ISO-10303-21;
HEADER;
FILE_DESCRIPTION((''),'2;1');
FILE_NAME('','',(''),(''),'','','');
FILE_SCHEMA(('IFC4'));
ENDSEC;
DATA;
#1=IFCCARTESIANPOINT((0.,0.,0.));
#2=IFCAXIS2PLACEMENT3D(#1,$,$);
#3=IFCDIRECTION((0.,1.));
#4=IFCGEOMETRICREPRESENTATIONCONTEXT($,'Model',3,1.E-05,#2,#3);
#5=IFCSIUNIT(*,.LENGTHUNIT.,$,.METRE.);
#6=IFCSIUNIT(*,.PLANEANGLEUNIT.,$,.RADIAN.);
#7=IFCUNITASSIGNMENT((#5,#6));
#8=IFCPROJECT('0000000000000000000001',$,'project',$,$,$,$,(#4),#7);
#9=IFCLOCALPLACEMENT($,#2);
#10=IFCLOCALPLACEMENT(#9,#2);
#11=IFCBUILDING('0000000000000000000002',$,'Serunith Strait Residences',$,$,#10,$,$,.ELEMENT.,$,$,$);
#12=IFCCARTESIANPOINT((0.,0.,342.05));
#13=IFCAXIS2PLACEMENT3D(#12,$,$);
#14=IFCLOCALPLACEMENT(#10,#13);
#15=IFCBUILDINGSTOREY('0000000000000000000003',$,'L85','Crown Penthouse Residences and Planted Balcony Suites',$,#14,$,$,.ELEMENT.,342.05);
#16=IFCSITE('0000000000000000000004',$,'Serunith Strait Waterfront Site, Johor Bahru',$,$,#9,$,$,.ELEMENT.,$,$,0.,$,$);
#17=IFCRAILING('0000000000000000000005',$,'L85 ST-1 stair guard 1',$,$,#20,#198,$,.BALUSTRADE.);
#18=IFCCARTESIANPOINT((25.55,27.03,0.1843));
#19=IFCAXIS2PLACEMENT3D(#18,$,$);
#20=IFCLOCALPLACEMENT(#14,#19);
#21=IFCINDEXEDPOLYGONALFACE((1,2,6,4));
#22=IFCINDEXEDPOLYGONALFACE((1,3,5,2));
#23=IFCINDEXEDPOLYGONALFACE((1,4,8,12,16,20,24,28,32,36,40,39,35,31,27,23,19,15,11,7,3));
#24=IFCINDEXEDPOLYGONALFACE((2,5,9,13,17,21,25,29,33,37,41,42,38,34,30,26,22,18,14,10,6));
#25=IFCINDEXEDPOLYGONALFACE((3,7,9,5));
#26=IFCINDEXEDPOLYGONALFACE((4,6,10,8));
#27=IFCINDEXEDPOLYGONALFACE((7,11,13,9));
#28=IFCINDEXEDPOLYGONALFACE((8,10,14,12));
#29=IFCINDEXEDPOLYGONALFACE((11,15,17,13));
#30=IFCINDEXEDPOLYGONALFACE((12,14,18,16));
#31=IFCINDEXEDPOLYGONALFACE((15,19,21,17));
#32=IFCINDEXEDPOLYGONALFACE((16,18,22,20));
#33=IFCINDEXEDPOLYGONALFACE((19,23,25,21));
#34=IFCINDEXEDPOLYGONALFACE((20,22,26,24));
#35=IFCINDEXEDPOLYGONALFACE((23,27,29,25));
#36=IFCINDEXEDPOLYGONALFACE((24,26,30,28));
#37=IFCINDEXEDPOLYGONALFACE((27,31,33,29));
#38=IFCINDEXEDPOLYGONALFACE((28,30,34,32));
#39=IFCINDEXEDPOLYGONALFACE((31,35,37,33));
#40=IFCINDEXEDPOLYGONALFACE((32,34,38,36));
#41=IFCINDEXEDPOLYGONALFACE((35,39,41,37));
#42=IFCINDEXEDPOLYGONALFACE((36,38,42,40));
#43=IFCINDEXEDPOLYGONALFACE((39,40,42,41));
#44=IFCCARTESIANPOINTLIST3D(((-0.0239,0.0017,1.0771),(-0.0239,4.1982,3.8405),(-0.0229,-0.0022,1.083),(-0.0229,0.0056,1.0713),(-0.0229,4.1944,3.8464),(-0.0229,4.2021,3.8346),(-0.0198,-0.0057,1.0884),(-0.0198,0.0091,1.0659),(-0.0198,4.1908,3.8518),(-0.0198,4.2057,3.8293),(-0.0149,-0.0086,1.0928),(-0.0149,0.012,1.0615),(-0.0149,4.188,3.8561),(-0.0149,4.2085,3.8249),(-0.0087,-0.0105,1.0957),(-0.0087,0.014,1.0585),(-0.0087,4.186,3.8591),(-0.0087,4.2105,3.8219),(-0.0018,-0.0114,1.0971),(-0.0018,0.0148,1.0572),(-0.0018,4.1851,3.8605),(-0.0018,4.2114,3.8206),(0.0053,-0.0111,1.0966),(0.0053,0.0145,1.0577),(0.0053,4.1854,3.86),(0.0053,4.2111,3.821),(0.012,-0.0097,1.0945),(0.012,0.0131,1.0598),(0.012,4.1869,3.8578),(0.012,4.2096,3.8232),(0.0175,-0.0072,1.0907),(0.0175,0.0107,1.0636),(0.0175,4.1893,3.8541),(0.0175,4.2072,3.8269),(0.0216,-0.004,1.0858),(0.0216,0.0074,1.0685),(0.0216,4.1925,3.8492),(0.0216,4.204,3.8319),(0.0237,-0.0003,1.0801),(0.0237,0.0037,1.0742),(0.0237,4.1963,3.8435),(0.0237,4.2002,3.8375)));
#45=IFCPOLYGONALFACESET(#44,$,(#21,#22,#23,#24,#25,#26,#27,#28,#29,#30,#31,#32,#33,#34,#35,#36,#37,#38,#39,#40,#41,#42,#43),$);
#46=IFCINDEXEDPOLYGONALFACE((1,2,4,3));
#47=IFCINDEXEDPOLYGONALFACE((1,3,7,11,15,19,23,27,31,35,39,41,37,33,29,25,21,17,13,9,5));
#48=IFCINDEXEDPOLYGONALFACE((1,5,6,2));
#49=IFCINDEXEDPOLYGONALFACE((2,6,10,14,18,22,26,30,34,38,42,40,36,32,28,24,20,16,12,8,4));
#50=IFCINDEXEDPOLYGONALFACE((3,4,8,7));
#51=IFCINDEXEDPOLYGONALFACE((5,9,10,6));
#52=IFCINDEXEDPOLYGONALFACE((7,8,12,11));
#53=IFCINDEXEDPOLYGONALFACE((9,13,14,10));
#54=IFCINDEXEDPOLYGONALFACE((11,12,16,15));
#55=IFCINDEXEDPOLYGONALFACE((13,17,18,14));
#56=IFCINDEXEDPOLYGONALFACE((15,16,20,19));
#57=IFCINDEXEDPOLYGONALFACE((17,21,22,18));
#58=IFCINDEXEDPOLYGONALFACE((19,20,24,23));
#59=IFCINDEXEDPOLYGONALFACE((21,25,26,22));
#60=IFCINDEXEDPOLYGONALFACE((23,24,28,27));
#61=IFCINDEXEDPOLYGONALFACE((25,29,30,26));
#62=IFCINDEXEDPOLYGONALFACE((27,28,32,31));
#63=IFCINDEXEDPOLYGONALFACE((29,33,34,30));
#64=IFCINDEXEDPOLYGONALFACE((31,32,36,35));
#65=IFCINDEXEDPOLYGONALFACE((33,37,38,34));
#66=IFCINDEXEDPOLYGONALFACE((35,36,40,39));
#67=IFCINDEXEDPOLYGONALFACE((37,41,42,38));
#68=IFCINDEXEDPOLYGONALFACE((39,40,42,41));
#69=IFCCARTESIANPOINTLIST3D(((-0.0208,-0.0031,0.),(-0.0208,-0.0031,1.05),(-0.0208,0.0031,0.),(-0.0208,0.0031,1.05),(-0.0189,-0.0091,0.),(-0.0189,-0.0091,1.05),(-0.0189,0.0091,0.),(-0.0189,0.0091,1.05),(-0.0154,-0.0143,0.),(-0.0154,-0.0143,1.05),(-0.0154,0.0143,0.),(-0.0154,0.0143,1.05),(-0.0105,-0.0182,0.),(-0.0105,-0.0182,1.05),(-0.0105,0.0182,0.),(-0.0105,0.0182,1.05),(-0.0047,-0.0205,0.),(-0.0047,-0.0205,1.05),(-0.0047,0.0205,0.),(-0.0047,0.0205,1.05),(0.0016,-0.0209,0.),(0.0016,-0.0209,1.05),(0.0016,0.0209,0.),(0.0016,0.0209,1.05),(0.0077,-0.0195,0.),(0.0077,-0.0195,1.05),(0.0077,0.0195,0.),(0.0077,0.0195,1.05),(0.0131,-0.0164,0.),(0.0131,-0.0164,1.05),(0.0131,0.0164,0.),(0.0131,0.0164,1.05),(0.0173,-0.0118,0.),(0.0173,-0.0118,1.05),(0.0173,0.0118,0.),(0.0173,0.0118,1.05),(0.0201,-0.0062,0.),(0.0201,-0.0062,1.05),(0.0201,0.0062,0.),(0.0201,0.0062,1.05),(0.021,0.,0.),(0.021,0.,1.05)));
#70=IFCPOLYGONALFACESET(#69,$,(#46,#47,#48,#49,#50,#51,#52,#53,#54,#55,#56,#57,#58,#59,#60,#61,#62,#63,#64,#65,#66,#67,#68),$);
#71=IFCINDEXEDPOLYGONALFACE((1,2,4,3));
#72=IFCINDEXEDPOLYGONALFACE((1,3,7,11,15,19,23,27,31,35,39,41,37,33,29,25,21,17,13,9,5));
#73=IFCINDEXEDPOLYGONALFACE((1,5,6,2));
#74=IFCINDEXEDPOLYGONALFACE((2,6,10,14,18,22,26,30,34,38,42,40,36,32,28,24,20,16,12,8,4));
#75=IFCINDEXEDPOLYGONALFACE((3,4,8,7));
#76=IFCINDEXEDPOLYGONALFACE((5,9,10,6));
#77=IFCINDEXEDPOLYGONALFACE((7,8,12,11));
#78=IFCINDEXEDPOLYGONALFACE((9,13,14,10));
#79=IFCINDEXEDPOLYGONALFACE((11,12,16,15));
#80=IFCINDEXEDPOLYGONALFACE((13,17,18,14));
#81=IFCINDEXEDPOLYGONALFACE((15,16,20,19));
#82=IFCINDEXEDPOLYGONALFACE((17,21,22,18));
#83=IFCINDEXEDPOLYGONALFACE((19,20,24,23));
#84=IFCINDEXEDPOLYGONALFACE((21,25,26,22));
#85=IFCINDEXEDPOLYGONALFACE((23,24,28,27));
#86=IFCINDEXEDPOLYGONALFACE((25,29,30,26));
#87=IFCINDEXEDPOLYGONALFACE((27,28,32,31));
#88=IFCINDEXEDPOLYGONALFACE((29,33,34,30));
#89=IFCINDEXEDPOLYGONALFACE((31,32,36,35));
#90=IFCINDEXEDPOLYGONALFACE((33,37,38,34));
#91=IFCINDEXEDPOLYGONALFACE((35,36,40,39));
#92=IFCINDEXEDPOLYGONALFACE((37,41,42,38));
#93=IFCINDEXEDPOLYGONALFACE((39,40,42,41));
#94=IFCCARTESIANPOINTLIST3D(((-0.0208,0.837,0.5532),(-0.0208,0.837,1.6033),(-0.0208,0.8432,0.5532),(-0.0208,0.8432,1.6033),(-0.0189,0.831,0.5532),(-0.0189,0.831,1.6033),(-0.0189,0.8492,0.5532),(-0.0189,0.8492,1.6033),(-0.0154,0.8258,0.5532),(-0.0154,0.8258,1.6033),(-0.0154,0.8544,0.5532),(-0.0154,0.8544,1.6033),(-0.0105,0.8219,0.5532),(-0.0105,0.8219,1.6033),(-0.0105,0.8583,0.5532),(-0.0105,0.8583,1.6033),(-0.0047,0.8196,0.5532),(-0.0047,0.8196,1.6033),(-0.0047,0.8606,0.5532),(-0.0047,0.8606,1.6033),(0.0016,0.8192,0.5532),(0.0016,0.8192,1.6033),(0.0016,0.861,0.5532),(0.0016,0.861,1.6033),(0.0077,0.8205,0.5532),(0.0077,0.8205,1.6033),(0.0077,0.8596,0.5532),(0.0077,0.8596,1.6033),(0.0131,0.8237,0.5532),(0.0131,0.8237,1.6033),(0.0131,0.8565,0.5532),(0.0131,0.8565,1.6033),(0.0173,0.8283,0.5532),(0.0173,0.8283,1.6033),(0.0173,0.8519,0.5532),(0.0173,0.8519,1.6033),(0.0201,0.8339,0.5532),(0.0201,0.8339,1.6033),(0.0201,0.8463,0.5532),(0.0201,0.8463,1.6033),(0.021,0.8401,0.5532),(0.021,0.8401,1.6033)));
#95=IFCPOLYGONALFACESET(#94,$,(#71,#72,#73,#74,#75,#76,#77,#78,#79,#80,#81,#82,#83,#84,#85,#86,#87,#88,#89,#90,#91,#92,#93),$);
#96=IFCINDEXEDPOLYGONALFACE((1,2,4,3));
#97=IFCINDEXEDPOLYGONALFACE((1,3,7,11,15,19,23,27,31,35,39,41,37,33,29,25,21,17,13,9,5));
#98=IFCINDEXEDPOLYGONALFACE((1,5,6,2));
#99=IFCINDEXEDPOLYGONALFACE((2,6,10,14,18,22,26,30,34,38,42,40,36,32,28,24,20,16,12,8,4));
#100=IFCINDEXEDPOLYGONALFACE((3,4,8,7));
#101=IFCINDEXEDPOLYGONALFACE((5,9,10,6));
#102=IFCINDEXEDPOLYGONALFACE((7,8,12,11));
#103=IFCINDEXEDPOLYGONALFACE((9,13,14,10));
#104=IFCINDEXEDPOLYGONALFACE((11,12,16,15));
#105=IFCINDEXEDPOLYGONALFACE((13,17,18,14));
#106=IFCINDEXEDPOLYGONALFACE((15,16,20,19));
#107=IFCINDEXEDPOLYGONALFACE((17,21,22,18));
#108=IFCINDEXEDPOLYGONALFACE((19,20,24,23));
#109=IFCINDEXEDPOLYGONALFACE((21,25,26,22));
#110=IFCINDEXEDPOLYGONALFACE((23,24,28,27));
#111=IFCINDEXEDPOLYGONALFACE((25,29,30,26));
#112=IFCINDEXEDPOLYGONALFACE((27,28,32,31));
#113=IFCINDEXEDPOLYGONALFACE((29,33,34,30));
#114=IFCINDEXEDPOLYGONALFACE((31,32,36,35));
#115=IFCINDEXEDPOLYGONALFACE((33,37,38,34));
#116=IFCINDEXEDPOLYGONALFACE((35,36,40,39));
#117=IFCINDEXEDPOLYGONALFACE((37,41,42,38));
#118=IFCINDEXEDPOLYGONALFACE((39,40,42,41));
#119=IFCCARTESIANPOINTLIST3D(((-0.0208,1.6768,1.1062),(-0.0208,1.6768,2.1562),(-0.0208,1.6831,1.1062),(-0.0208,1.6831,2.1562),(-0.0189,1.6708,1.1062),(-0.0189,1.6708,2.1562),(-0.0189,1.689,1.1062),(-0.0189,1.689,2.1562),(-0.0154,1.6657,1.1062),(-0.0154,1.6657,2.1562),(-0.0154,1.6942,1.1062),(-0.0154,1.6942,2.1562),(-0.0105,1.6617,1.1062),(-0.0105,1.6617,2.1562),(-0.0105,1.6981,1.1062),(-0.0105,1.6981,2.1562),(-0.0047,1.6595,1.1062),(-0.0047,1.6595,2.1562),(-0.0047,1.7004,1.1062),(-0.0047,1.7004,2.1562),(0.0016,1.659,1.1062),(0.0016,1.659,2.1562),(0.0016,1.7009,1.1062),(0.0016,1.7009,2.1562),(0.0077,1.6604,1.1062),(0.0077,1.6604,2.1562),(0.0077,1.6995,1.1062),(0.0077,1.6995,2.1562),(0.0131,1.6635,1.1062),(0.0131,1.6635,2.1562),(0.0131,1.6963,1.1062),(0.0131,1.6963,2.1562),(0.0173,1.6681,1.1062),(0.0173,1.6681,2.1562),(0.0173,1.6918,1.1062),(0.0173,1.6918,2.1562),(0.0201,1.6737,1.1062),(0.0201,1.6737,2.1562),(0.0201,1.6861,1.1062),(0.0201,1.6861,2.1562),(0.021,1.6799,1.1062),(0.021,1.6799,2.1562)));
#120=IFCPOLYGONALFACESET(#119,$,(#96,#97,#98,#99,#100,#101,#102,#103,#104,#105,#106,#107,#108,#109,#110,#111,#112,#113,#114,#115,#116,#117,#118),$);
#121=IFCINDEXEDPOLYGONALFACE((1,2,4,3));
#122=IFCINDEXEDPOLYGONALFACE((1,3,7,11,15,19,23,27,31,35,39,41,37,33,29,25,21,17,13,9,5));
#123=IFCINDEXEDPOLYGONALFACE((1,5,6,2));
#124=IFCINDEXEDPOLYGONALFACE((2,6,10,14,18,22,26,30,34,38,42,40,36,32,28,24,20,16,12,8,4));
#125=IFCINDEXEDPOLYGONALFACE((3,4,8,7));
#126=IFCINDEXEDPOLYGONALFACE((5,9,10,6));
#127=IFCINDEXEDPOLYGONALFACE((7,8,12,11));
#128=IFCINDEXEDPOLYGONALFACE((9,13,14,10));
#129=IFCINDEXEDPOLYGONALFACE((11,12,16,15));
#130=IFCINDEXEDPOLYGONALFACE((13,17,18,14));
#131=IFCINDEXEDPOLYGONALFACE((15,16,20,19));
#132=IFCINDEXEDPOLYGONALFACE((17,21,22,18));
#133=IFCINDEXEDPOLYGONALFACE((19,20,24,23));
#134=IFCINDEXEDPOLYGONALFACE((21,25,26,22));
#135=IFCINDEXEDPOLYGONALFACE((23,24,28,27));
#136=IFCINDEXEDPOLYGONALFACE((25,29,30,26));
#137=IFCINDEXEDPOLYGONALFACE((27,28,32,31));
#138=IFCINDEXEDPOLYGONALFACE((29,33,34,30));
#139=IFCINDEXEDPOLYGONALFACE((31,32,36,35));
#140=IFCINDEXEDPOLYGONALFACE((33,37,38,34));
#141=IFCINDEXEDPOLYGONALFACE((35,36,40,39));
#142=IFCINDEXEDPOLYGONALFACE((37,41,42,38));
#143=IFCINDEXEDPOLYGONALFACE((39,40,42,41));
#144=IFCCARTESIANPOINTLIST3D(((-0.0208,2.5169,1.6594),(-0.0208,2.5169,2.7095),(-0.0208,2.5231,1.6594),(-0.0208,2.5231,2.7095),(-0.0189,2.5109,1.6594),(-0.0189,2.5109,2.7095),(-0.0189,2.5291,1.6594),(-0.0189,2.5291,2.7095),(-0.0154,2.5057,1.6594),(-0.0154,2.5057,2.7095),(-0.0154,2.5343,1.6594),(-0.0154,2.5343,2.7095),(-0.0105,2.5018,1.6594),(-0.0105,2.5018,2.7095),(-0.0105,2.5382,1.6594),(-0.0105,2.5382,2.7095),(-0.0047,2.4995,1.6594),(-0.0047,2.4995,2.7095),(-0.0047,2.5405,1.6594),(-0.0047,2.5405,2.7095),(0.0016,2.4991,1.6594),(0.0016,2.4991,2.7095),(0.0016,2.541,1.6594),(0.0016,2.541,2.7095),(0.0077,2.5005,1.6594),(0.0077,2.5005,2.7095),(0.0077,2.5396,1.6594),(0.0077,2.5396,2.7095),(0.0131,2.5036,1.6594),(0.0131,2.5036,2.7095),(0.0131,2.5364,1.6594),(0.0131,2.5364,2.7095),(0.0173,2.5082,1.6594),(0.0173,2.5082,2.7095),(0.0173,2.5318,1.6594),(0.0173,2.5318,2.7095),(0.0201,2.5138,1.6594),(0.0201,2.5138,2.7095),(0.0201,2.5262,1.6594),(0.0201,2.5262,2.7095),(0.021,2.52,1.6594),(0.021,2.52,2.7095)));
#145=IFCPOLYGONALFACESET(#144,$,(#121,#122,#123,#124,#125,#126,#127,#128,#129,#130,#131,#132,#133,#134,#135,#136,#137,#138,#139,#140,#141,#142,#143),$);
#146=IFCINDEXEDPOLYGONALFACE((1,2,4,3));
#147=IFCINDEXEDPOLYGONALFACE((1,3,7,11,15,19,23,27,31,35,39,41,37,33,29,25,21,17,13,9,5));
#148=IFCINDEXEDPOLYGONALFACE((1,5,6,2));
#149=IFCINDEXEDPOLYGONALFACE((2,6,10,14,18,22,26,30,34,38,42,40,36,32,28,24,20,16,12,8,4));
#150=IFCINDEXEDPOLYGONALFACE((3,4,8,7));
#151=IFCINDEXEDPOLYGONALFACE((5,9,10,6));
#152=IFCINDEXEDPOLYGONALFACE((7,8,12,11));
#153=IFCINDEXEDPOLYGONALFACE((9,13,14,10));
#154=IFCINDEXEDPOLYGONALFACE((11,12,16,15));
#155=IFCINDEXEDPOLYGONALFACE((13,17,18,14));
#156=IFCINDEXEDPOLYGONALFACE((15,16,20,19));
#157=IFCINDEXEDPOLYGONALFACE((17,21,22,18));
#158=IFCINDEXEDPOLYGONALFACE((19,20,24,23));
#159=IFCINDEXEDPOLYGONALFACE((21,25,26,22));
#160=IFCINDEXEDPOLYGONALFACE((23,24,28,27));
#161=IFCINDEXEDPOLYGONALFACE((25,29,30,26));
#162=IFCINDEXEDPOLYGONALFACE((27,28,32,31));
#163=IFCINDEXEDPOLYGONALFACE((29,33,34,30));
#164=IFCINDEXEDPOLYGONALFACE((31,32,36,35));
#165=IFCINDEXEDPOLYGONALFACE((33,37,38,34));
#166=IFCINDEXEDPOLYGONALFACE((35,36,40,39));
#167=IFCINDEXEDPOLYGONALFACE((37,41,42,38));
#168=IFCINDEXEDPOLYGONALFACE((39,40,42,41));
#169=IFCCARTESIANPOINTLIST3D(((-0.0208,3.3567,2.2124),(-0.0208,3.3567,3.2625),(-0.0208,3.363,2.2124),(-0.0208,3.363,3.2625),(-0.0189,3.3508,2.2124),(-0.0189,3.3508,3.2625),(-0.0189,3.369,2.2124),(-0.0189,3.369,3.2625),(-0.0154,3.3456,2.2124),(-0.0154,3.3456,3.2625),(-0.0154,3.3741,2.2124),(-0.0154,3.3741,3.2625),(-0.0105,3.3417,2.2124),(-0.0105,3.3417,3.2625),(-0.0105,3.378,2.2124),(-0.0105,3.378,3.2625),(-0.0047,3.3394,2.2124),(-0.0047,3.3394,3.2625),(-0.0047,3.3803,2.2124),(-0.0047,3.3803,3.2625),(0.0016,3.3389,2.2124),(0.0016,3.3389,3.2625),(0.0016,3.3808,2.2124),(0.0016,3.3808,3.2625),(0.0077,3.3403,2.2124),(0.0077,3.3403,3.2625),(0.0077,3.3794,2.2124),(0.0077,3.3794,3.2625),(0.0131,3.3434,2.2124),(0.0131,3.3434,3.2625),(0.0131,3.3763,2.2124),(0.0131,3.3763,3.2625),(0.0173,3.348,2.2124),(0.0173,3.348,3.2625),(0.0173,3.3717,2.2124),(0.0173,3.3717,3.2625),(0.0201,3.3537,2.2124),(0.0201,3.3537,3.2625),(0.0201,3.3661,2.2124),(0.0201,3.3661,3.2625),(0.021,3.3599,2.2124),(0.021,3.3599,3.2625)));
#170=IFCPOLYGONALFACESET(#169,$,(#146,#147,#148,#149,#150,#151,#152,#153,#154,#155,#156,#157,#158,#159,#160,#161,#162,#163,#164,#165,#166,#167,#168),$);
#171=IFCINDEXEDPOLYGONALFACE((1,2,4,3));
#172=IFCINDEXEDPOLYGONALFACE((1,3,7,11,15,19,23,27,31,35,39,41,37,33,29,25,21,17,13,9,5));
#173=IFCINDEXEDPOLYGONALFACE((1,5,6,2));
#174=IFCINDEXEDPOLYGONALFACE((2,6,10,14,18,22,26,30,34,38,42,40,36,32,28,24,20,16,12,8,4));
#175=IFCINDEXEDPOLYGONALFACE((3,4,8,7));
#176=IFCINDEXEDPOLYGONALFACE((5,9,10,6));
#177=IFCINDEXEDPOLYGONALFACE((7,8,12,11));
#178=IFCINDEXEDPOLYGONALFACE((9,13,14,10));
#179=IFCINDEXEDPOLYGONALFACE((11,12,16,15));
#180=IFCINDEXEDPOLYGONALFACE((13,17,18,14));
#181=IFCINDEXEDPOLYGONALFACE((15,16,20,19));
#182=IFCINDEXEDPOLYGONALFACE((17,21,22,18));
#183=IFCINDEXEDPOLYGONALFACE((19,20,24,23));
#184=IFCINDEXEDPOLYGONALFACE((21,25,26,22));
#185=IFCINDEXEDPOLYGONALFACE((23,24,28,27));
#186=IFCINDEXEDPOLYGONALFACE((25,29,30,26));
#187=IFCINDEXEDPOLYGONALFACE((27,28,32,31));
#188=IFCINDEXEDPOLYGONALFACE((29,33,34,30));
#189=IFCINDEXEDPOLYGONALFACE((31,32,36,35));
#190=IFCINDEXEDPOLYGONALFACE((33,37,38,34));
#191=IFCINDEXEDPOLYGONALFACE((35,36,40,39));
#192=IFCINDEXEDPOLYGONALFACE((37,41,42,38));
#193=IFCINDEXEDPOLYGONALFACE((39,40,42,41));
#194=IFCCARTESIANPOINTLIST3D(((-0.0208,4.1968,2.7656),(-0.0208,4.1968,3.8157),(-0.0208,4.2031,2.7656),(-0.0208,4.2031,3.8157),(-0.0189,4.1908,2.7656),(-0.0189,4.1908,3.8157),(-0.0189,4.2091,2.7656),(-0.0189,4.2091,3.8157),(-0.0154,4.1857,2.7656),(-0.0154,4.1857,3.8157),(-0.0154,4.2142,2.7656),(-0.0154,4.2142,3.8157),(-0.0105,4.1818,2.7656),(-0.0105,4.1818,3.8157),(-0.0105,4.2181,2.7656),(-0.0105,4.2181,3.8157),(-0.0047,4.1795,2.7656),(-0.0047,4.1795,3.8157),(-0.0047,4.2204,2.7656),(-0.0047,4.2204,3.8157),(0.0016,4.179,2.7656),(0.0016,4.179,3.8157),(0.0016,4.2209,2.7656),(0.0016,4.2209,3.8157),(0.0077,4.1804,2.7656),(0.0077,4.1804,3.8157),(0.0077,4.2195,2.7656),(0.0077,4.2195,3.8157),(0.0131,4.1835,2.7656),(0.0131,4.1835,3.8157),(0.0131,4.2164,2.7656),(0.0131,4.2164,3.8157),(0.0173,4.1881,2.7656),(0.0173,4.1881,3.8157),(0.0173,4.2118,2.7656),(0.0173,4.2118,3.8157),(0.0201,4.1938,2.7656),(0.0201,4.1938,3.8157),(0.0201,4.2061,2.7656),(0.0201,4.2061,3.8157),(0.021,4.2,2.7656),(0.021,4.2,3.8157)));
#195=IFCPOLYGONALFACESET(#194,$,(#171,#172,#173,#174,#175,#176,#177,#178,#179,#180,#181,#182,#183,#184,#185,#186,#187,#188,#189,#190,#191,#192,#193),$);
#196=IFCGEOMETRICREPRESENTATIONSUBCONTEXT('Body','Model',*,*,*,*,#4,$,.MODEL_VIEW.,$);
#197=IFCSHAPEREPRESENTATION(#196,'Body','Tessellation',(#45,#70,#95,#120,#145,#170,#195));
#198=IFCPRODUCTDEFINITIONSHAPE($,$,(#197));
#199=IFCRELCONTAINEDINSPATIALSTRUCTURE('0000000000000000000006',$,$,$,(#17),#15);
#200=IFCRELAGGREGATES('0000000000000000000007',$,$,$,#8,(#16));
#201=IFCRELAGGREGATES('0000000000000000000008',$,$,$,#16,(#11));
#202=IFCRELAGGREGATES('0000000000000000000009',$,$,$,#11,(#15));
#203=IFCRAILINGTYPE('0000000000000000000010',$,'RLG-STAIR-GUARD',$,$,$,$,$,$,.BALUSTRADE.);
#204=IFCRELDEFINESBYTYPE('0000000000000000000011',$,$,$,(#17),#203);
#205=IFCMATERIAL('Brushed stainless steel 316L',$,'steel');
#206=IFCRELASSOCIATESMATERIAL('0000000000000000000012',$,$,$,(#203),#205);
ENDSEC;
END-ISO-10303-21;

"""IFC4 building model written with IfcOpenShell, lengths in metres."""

from ifc_helpers import new_model, si_unit, direction, frame, origin, origin_2d, place, context, subcontext, project, spatial, circle, extrude, material, type_object, element, save


model = new_model("IFC4")

# Units and contexts
model_context = context("Model", 3, precision=1e-05, world=origin(), true_north=direction((0.0, 1.0)))
body_context = subcontext(model_context, "Body", "Model", "MODEL_VIEW")
ifc_project = project(units=[si_unit("LENGTHUNIT", "METRE"), si_unit("PLANEANGLEUNIT", "RADIAN")], contexts=[model_context])

# Site, building, storey
site_placement = place(None, origin())
site = spatial("IfcSite", under=ifc_project, at=site_placement, Name="Serunith Strait Waterfront Site, Johor Bahru", CompositionType="ELEMENT", RefElevation=0.0)
building_placement = place(site_placement, origin())
building = spatial("IfcBuilding", under=site, at=building_placement, Name="Serunith Strait Residences", CompositionType="ELEMENT")
storey_placement = place(building_placement, frame((0.0, 0.0, 342.05)))
storey = spatial("IfcBuildingStorey", under=building, at=storey_placement, Name="L85", Description="Crown Penthouse Residences and Planted Balcony Suites", CompositionType="ELEMENT", Elevation=342.05)

# Railing
ifc_material_1 = material(Name="Brushed stainless steel 316L", Category="steel")
railing_type_1 = type_object("IfcRailingType", Name="RLG-STAIR-GUARD", PredefinedType="BALUSTRADE", material=ifc_material_1)
railing_1_placement = place(storey_placement, frame((25.55, 27.03, 0.1843)))
element("IfcRailing", 1, at=railing_1_placement, inside=storey, type_object=railing_type_1, Name="L85 ST-1 stair guard 1", PredefinedType="BALUSTRADE", context=body_context, shape_type="SweptSolid", body=[
    extrude(circle(Radius=0.0239, at=origin_2d()), frame((0.0, 0.0017, 1.0771), z_axis=(0.0, 0.835189, 0.549963), x_axis=(-1.0, 0.0, 0.0)), (0.0, 0.0, 1.0), 5.0247),
    extrude(circle(Radius=0.021, at=origin_2d()), origin(), (0.0, 0.0, 1.0), 1.05),
    extrude(circle(Radius=0.021, at=origin_2d()), frame((0.0, 0.8401, 0.5532)), (0.0, 0.0, 1.0), 1.05),
    extrude(circle(Radius=0.021, at=origin_2d()), frame((0.0, 1.6799, 1.1062)), (0.0, 0.0, 1.0), 1.05),
    extrude(circle(Radius=0.021, at=origin_2d()), frame((0.0, 2.52, 1.6594)), (0.0, 0.0, 1.0), 1.05),
    extrude(circle(Radius=0.021, at=origin_2d()), frame((0.0, 3.3599, 2.2124)), (0.0, 0.0, 1.0), 1.05),
    extrude(circle(Radius=0.021, at=origin_2d()), frame((0.0, 4.2, 2.7656)), (0.0, 0.0, 1.0), 1.05),
])

save(model, "model.ifc")
